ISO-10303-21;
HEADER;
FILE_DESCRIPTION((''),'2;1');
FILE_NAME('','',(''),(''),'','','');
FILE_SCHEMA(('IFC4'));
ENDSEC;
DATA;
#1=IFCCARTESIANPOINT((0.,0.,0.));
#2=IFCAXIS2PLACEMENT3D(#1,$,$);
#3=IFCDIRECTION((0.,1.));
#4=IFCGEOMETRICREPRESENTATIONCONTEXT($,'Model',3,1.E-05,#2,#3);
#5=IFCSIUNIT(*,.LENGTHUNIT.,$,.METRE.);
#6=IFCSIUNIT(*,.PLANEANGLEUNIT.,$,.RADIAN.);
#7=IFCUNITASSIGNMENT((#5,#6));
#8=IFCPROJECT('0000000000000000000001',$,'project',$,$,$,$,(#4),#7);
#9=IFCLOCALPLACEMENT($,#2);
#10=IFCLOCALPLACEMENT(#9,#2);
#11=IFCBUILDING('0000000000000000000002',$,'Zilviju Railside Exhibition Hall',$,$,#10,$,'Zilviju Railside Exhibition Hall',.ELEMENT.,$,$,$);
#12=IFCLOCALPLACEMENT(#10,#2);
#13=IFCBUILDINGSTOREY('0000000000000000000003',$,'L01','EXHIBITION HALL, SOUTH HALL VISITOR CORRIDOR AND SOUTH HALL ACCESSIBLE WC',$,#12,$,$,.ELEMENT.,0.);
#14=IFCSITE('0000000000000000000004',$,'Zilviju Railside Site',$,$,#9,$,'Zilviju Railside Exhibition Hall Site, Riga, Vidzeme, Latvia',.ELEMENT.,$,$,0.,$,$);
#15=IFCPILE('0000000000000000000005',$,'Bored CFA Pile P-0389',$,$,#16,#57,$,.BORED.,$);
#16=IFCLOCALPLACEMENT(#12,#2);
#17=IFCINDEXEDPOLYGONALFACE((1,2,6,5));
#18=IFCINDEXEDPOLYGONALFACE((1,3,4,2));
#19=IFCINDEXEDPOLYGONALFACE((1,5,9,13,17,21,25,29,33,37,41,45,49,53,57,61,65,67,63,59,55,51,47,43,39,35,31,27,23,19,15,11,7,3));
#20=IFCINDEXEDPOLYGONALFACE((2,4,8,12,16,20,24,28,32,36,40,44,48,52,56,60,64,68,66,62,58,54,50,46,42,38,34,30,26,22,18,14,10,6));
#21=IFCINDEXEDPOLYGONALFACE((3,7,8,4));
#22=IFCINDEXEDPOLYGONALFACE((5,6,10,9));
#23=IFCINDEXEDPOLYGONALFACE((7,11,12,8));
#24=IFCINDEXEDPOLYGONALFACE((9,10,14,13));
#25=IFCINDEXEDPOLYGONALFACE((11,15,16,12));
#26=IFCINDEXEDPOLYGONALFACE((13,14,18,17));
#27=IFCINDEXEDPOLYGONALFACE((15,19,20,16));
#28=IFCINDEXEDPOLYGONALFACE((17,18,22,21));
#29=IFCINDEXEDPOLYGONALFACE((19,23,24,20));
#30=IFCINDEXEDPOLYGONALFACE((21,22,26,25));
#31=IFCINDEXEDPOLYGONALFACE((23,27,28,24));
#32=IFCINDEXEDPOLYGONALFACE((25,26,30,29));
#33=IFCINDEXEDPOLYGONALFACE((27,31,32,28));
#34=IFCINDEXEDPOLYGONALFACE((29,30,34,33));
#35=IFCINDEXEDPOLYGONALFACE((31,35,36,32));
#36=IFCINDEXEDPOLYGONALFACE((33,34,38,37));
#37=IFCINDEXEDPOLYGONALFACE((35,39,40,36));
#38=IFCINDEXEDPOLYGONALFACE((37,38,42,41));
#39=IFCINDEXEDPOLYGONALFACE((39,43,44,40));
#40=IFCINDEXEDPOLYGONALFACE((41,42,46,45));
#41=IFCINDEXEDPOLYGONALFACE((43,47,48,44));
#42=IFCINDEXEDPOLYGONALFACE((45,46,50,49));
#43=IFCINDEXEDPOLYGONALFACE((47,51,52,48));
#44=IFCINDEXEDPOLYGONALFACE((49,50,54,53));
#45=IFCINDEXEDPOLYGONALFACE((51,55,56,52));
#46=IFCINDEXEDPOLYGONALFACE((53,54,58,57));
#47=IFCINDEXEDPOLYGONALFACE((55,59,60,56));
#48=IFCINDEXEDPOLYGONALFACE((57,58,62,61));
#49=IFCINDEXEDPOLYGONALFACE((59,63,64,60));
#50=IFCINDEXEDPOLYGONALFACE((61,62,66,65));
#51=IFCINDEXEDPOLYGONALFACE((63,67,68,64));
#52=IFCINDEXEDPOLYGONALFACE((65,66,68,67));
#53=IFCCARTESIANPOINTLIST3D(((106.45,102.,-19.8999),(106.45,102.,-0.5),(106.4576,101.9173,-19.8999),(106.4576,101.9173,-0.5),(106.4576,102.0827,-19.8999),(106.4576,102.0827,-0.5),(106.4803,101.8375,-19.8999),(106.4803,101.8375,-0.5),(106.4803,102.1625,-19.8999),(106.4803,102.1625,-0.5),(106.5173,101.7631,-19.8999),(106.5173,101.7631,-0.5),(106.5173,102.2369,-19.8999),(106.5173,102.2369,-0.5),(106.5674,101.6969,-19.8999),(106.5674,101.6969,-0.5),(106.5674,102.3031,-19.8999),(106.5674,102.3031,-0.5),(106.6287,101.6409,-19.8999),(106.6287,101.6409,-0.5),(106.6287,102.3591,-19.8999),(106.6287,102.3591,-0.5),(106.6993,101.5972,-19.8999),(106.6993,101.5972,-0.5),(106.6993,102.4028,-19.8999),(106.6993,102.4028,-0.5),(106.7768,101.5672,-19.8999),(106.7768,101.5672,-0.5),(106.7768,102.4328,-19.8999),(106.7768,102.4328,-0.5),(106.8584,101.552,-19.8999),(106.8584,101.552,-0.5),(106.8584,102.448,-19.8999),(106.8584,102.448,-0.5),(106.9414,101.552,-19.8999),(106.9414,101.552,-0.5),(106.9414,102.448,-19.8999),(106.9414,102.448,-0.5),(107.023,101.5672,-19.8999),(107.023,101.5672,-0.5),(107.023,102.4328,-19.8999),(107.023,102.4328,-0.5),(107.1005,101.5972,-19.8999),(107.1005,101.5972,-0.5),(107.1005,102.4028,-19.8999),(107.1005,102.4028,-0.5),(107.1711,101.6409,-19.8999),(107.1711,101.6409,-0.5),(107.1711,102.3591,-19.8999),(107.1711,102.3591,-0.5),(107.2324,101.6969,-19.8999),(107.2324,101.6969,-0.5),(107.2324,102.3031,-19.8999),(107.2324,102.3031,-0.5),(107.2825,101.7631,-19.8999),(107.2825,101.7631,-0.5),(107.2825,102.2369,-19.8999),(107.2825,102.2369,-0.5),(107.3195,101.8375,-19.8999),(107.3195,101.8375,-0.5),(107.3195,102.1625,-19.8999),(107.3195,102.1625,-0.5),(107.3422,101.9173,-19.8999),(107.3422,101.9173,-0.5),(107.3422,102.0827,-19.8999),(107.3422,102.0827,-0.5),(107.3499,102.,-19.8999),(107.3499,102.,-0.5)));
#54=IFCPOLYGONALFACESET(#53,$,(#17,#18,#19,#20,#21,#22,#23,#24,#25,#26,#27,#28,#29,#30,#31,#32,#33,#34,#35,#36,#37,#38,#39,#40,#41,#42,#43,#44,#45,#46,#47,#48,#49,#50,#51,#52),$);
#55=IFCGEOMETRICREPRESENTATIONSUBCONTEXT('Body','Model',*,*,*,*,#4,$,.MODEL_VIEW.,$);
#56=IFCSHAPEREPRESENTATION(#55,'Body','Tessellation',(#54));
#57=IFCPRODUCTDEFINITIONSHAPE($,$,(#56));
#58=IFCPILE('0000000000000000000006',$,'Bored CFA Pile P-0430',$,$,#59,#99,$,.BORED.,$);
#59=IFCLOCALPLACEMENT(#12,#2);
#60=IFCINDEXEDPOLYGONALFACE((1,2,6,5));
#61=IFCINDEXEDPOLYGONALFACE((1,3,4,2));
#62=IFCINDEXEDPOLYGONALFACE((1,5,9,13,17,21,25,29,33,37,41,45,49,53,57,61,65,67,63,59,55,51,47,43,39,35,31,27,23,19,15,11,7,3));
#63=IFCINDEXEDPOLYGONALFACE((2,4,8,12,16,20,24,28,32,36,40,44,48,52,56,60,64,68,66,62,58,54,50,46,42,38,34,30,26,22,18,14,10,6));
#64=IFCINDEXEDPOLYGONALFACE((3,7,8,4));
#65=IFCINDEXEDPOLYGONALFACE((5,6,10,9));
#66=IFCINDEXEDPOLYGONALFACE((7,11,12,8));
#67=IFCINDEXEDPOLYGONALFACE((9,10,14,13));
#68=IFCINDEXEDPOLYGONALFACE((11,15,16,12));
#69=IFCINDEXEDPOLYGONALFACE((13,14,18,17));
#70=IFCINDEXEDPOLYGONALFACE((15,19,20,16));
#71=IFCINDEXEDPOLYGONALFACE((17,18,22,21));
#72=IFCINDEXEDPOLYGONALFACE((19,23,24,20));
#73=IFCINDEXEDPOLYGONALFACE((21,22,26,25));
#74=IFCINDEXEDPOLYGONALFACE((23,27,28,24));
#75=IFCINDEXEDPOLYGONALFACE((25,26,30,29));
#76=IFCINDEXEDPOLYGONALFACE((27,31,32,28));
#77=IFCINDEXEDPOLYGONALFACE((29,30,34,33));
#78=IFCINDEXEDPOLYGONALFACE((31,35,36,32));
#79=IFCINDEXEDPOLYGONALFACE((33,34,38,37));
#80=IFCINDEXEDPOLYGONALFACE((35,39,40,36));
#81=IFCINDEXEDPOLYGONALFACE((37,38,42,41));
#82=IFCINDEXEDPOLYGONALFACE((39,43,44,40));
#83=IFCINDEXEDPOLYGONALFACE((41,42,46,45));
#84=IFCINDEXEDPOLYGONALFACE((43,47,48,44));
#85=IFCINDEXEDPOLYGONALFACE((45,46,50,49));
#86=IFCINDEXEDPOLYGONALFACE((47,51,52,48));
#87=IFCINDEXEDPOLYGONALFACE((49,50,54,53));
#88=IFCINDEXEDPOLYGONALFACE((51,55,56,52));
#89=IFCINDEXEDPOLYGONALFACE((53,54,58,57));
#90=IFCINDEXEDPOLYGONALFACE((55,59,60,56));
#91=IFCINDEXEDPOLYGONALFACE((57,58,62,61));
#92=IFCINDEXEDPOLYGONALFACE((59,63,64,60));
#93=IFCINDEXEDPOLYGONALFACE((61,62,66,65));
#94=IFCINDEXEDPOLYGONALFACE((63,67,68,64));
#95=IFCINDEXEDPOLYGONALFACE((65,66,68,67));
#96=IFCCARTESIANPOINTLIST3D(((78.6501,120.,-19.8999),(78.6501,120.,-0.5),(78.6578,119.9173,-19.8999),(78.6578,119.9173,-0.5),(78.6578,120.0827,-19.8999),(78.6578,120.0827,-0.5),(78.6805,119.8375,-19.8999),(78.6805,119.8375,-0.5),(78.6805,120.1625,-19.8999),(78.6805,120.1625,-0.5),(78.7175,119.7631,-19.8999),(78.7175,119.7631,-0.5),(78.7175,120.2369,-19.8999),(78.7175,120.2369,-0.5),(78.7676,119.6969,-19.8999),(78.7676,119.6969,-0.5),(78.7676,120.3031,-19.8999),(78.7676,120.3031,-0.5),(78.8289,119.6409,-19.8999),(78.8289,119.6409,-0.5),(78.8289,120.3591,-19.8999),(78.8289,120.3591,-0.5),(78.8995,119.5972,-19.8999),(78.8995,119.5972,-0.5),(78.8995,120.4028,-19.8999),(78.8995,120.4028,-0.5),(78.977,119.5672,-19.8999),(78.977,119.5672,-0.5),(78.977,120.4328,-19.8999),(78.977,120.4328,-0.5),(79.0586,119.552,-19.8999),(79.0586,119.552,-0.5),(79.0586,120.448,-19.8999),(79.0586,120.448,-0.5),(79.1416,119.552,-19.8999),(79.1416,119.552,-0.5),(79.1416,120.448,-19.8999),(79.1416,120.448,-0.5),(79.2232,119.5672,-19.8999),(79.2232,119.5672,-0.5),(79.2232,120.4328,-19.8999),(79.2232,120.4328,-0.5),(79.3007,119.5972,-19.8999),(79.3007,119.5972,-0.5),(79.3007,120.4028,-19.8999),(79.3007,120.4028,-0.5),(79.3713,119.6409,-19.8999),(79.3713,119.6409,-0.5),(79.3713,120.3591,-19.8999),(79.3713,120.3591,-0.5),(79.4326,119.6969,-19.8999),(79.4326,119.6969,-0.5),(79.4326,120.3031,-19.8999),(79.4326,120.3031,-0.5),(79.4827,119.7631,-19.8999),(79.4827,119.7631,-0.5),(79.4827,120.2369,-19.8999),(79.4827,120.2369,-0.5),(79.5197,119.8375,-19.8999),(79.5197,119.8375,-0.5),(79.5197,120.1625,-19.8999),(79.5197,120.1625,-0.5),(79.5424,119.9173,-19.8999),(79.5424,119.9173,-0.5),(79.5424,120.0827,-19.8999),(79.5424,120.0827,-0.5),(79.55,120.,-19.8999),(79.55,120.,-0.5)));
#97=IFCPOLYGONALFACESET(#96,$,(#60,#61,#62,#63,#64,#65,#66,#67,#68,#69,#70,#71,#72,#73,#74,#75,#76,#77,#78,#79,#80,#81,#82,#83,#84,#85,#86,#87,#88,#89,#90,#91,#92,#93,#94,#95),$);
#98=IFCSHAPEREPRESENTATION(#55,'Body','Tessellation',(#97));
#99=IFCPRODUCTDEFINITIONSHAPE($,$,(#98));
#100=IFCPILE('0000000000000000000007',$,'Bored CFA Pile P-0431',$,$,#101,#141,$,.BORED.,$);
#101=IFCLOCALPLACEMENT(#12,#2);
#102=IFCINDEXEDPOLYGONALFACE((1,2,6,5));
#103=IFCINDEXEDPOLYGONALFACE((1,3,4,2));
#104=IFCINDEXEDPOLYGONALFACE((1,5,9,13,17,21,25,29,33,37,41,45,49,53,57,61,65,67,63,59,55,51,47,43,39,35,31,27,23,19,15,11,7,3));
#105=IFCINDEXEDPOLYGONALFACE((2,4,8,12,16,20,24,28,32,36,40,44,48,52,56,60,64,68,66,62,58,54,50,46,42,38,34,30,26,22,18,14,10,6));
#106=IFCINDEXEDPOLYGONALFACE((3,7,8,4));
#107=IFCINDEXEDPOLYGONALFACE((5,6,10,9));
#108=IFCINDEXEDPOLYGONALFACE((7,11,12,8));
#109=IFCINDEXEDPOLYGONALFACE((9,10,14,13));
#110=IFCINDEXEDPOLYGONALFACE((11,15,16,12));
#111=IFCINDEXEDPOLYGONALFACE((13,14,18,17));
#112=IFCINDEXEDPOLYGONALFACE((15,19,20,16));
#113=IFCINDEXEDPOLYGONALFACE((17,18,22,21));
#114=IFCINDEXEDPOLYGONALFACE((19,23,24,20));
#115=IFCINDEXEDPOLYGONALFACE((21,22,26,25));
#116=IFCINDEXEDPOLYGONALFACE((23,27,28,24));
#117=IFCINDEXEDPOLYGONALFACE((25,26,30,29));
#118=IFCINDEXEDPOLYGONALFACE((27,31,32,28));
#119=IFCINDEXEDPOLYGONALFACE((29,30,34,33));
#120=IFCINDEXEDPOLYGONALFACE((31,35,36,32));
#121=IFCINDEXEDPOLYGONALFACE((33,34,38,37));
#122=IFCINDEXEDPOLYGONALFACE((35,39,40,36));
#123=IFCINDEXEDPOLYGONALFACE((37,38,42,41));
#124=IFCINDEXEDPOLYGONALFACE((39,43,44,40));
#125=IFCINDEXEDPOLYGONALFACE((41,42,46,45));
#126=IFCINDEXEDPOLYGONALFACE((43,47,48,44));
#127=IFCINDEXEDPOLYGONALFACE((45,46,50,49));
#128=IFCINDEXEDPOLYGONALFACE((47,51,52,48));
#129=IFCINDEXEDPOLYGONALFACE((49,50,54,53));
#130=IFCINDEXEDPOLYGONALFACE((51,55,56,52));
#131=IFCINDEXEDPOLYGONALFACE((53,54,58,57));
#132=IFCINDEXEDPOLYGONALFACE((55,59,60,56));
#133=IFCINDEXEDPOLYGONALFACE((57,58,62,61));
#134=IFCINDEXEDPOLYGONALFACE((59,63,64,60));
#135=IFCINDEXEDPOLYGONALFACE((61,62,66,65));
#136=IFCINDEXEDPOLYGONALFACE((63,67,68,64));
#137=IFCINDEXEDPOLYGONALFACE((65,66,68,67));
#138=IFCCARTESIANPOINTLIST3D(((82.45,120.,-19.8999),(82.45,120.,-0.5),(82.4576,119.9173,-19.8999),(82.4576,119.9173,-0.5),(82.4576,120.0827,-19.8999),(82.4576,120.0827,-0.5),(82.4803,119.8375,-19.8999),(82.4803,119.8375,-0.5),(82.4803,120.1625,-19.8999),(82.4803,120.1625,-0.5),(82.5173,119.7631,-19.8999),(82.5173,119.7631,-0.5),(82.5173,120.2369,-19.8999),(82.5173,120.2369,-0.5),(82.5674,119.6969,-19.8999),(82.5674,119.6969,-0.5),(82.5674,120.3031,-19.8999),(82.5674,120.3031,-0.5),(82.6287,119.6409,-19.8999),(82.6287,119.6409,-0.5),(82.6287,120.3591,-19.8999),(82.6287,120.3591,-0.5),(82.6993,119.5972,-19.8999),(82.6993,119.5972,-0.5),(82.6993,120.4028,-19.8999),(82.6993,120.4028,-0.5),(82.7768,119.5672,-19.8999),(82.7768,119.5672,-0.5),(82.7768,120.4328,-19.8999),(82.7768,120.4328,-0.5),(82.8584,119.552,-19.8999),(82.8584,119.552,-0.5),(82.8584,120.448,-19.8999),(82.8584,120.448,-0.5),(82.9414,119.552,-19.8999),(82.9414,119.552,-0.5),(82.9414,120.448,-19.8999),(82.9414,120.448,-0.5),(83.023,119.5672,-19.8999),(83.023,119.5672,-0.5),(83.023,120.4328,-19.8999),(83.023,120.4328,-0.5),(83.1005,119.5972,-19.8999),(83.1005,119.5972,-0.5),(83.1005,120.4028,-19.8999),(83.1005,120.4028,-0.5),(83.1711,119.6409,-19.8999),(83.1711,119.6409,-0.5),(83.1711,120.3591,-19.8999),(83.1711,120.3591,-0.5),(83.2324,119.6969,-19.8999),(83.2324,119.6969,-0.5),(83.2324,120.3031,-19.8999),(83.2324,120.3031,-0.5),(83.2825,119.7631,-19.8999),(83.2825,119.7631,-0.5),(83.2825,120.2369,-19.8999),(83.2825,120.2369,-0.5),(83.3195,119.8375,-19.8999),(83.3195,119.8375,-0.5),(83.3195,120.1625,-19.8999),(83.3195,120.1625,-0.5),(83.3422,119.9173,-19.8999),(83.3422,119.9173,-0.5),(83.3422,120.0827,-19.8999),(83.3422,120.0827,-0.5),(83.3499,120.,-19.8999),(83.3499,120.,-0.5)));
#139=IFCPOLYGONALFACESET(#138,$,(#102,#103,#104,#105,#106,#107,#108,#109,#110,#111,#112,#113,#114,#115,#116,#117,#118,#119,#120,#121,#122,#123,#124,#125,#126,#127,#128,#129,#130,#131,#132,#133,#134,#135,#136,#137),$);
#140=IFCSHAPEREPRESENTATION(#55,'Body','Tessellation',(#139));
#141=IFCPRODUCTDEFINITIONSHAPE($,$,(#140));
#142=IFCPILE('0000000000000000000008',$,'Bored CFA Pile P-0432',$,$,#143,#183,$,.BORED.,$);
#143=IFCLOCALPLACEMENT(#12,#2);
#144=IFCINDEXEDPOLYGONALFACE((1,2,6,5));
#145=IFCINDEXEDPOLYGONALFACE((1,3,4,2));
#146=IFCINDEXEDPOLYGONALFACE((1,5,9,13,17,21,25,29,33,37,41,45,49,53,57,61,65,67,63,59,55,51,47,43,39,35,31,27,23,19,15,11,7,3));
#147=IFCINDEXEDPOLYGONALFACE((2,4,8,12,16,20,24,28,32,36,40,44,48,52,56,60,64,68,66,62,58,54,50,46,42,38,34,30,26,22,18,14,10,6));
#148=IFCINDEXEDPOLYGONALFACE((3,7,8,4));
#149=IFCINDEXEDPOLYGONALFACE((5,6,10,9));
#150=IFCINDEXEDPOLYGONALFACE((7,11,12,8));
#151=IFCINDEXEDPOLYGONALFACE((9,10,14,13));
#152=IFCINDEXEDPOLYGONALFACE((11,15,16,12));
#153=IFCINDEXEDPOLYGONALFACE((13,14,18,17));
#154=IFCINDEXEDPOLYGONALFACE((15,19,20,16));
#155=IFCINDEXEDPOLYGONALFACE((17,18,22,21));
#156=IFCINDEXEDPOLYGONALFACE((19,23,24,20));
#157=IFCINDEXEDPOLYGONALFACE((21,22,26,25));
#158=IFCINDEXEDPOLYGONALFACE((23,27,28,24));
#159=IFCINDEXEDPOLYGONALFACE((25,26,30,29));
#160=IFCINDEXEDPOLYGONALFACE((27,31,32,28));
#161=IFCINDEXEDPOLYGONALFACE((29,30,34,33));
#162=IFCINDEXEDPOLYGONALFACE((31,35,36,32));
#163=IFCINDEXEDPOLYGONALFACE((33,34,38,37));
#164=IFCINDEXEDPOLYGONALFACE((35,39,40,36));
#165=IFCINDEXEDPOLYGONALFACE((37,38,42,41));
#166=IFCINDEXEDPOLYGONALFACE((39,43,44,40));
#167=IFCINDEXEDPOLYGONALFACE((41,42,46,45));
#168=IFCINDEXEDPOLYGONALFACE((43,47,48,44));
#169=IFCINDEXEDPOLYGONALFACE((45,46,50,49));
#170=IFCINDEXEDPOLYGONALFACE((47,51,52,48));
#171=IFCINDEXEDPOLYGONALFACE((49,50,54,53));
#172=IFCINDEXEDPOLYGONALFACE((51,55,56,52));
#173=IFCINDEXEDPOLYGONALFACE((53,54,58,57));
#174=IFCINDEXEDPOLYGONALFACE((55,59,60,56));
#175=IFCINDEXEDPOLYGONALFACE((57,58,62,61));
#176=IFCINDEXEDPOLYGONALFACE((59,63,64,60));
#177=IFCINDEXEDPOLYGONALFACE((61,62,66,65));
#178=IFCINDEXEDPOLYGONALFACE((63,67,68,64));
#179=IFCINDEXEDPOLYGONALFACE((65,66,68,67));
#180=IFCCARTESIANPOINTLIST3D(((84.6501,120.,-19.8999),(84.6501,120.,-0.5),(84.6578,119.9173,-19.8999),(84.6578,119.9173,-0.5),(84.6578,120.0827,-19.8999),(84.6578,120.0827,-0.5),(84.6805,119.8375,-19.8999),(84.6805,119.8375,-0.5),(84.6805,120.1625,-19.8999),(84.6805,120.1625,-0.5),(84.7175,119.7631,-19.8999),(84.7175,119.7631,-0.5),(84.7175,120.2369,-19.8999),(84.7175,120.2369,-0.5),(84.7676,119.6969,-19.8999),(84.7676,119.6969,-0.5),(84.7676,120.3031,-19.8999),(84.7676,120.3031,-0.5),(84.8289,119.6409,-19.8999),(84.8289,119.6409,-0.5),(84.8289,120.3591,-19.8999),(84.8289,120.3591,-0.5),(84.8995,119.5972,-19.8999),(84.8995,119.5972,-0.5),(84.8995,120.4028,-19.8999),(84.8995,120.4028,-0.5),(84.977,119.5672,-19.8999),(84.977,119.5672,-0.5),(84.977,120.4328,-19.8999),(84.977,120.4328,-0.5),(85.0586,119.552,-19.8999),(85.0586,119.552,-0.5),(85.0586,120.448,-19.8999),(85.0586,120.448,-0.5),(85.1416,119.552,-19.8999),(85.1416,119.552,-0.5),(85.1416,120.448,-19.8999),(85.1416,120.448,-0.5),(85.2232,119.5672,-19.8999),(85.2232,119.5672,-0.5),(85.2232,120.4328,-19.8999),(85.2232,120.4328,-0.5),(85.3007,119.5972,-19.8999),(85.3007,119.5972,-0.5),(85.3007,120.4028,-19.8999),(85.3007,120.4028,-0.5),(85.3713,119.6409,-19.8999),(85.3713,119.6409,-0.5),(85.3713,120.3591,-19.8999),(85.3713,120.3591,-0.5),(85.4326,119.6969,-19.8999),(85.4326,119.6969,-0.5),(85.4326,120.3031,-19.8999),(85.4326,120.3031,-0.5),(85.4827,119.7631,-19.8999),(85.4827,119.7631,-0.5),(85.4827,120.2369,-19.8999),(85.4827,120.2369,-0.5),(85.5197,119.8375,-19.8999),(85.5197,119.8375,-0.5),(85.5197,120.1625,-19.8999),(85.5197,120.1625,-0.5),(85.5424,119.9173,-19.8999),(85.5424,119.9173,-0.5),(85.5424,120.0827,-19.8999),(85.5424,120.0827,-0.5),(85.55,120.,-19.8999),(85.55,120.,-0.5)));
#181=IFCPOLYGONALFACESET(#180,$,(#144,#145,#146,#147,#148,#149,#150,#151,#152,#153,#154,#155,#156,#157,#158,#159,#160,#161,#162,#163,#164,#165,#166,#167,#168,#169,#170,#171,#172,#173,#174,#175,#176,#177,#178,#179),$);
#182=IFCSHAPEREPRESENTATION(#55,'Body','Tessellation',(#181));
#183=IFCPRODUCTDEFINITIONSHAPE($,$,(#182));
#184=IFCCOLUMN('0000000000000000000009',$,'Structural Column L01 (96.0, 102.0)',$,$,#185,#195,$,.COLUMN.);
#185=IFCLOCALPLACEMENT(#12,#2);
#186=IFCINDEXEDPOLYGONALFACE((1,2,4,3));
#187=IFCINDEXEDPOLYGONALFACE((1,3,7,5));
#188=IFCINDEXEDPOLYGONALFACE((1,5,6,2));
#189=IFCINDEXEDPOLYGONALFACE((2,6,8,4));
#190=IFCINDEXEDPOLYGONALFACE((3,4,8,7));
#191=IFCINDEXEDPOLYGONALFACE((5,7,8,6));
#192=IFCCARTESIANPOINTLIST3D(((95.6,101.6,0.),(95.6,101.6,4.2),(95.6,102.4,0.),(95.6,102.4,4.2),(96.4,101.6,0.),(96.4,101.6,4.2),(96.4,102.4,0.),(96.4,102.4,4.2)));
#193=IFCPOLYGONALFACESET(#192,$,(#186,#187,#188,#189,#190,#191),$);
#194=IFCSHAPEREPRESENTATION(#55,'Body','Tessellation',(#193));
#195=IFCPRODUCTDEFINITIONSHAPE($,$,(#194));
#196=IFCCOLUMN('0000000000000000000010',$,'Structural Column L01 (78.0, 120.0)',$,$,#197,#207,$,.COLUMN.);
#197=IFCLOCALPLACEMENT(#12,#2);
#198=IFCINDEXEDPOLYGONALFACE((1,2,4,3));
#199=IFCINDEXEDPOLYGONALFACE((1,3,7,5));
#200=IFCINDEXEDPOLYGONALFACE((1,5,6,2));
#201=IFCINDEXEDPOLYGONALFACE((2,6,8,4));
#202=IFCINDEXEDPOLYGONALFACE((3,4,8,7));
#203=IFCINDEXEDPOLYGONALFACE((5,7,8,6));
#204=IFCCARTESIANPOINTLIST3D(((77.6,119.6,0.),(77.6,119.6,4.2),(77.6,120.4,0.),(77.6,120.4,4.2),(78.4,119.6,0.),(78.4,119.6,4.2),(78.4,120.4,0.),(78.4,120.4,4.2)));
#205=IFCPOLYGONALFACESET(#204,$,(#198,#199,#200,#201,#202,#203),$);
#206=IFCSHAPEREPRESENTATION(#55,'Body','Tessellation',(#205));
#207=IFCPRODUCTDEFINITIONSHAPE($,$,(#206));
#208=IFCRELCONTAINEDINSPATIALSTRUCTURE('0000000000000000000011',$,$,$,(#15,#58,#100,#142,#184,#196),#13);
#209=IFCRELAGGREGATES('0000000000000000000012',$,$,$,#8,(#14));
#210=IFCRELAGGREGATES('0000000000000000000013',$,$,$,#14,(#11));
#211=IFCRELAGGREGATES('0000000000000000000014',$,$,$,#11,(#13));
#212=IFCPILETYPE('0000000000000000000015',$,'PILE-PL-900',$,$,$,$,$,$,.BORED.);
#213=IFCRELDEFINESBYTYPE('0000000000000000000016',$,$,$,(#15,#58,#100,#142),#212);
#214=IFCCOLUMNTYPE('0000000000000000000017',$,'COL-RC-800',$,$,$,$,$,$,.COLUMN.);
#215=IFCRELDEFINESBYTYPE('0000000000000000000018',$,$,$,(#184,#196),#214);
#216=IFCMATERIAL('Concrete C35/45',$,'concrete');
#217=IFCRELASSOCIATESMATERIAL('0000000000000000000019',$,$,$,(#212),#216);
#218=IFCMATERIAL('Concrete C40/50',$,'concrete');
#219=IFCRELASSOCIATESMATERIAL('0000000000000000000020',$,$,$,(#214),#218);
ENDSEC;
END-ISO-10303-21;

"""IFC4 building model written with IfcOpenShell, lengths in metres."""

from ifc_helpers import new_model, si_unit, direction, frame, origin, origin_2d, place, context, subcontext, project, spatial, rectangle, circle, extrude, material, material_profile, profile_set, type_object, element, save


model = new_model("IFC4")

# Units and contexts
model_context = context("Model", 3, precision=1e-05, world=origin(), true_north=direction((0.0, 1.0)))
body_context = subcontext(model_context, "Body", "Model", "MODEL_VIEW")
ifc_project = project(units=[si_unit("LENGTHUNIT", "METRE"), si_unit("PLANEANGLEUNIT", "RADIAN")], contexts=[model_context])

# Site, building, storey
site_placement = place(None, origin())
site = spatial("IfcSite", under=ifc_project, at=site_placement, Name="Zilviju Railside Site", LongName="Zilviju Railside Exhibition Hall Site, Riga, Vidzeme, Latvia", CompositionType="ELEMENT", RefElevation=0.0)
building_placement = place(site_placement, origin())
building = spatial("IfcBuilding", under=site, at=building_placement, Name="Zilviju Railside Exhibition Hall", LongName="Zilviju Railside Exhibition Hall", CompositionType="ELEMENT")
storey_placement = place(building_placement, origin())
storey = spatial("IfcBuildingStorey", under=building, at=storey_placement, Name="L01", Description="EXHIBITION HALL, SOUTH HALL VISITOR CORRIDOR AND SOUTH HALL ACCESSIBLE WC", CompositionType="ELEMENT", Elevation=0.0)

# Shared definitions
ifc_material_1 = material(Name="Concrete C35/45", Category="concrete")

# Piles
ifc_material_profile_1 = material_profile(ifc_material_1, circle(Radius=0.45, at=origin_2d()), Name="CFA PILE D900")
ifc_profile_set_1 = profile_set([ifc_material_profile_1], Name="Concrete C35/45")
pile_type = type_object("IfcPileType", Name="PILE-PL-900", PredefinedType="BORED", material=ifc_profile_set_1)
for number, where, z_axis, x_axis, name in (
    (1, (106.8999, 102.0, -0.5), (0.0, 0.0, -1.0), (1.0, 0.0, 0.0), "Bored CFA Pile P-0389"),
    (2, (79.1001, 120.0, -0.5), (0.0, 0.0, -1.0), (1.0, 0.0, 0.0), "Bored CFA Pile P-0430"),
    (3, (82.8999, 120.0, -0.5), (0.0, 0.0, -1.0), (1.0, 0.0, 0.0), "Bored CFA Pile P-0431"),
    (4, (85.1001, 120.0, -0.5), (0.0, 0.0, -1.0), (1.0, 0.0, 0.0), "Bored CFA Pile P-0432"),
):
    element("IfcPile", number, at=place(storey_placement, frame(where, z_axis=z_axis, x_axis=x_axis)), inside=storey, type_object=pile_type, Name=name, PredefinedType="BORED", context=body_context, shape_type="SweptSolid", body=[
        extrude(circle(Radius=0.45, at=origin_2d()), origin(), (0.0, 0.0, 1.0), 19.3999),
    ])

# Columns
ifc_material_2 = material(Name="Concrete C40/50", Category="concrete")
ifc_material_profile_2 = material_profile(ifc_material_2, rectangle(XDim=0.8, YDim=0.8, at=origin_2d()), Name="RC COL 800x800")
ifc_profile_set_2 = profile_set([ifc_material_profile_2], Name="Concrete C40/50")
column_type = type_object("IfcColumnType", Name="COL-RC-800", PredefinedType="COLUMN", material=ifc_profile_set_2)
for number, where, z_axis, x_axis, name in (
    (5, (96.0, 102.0, 0.0), (0.0, 0.0, 1.0), (1.0, 0.0, 0.0), "Structural Column L01 (96.0, 102.0)"),
    (6, (78.0, 120.0, 0.0), (0.0, 0.0, 1.0), (1.0, 0.0, 0.0), "Structural Column L01 (78.0, 120.0)"),
):
    element("IfcColumn", number, at=place(storey_placement, frame(where, z_axis=z_axis, x_axis=x_axis)), inside=storey, type_object=column_type, Name=name, PredefinedType="COLUMN", context=body_context, shape_type="SweptSolid", body=[
        extrude(rectangle(XDim=0.8, YDim=0.8, at=origin_2d()), origin(), (0.0, 0.0, 1.0), 4.2),
    ])

save(model, "model.ifc")
